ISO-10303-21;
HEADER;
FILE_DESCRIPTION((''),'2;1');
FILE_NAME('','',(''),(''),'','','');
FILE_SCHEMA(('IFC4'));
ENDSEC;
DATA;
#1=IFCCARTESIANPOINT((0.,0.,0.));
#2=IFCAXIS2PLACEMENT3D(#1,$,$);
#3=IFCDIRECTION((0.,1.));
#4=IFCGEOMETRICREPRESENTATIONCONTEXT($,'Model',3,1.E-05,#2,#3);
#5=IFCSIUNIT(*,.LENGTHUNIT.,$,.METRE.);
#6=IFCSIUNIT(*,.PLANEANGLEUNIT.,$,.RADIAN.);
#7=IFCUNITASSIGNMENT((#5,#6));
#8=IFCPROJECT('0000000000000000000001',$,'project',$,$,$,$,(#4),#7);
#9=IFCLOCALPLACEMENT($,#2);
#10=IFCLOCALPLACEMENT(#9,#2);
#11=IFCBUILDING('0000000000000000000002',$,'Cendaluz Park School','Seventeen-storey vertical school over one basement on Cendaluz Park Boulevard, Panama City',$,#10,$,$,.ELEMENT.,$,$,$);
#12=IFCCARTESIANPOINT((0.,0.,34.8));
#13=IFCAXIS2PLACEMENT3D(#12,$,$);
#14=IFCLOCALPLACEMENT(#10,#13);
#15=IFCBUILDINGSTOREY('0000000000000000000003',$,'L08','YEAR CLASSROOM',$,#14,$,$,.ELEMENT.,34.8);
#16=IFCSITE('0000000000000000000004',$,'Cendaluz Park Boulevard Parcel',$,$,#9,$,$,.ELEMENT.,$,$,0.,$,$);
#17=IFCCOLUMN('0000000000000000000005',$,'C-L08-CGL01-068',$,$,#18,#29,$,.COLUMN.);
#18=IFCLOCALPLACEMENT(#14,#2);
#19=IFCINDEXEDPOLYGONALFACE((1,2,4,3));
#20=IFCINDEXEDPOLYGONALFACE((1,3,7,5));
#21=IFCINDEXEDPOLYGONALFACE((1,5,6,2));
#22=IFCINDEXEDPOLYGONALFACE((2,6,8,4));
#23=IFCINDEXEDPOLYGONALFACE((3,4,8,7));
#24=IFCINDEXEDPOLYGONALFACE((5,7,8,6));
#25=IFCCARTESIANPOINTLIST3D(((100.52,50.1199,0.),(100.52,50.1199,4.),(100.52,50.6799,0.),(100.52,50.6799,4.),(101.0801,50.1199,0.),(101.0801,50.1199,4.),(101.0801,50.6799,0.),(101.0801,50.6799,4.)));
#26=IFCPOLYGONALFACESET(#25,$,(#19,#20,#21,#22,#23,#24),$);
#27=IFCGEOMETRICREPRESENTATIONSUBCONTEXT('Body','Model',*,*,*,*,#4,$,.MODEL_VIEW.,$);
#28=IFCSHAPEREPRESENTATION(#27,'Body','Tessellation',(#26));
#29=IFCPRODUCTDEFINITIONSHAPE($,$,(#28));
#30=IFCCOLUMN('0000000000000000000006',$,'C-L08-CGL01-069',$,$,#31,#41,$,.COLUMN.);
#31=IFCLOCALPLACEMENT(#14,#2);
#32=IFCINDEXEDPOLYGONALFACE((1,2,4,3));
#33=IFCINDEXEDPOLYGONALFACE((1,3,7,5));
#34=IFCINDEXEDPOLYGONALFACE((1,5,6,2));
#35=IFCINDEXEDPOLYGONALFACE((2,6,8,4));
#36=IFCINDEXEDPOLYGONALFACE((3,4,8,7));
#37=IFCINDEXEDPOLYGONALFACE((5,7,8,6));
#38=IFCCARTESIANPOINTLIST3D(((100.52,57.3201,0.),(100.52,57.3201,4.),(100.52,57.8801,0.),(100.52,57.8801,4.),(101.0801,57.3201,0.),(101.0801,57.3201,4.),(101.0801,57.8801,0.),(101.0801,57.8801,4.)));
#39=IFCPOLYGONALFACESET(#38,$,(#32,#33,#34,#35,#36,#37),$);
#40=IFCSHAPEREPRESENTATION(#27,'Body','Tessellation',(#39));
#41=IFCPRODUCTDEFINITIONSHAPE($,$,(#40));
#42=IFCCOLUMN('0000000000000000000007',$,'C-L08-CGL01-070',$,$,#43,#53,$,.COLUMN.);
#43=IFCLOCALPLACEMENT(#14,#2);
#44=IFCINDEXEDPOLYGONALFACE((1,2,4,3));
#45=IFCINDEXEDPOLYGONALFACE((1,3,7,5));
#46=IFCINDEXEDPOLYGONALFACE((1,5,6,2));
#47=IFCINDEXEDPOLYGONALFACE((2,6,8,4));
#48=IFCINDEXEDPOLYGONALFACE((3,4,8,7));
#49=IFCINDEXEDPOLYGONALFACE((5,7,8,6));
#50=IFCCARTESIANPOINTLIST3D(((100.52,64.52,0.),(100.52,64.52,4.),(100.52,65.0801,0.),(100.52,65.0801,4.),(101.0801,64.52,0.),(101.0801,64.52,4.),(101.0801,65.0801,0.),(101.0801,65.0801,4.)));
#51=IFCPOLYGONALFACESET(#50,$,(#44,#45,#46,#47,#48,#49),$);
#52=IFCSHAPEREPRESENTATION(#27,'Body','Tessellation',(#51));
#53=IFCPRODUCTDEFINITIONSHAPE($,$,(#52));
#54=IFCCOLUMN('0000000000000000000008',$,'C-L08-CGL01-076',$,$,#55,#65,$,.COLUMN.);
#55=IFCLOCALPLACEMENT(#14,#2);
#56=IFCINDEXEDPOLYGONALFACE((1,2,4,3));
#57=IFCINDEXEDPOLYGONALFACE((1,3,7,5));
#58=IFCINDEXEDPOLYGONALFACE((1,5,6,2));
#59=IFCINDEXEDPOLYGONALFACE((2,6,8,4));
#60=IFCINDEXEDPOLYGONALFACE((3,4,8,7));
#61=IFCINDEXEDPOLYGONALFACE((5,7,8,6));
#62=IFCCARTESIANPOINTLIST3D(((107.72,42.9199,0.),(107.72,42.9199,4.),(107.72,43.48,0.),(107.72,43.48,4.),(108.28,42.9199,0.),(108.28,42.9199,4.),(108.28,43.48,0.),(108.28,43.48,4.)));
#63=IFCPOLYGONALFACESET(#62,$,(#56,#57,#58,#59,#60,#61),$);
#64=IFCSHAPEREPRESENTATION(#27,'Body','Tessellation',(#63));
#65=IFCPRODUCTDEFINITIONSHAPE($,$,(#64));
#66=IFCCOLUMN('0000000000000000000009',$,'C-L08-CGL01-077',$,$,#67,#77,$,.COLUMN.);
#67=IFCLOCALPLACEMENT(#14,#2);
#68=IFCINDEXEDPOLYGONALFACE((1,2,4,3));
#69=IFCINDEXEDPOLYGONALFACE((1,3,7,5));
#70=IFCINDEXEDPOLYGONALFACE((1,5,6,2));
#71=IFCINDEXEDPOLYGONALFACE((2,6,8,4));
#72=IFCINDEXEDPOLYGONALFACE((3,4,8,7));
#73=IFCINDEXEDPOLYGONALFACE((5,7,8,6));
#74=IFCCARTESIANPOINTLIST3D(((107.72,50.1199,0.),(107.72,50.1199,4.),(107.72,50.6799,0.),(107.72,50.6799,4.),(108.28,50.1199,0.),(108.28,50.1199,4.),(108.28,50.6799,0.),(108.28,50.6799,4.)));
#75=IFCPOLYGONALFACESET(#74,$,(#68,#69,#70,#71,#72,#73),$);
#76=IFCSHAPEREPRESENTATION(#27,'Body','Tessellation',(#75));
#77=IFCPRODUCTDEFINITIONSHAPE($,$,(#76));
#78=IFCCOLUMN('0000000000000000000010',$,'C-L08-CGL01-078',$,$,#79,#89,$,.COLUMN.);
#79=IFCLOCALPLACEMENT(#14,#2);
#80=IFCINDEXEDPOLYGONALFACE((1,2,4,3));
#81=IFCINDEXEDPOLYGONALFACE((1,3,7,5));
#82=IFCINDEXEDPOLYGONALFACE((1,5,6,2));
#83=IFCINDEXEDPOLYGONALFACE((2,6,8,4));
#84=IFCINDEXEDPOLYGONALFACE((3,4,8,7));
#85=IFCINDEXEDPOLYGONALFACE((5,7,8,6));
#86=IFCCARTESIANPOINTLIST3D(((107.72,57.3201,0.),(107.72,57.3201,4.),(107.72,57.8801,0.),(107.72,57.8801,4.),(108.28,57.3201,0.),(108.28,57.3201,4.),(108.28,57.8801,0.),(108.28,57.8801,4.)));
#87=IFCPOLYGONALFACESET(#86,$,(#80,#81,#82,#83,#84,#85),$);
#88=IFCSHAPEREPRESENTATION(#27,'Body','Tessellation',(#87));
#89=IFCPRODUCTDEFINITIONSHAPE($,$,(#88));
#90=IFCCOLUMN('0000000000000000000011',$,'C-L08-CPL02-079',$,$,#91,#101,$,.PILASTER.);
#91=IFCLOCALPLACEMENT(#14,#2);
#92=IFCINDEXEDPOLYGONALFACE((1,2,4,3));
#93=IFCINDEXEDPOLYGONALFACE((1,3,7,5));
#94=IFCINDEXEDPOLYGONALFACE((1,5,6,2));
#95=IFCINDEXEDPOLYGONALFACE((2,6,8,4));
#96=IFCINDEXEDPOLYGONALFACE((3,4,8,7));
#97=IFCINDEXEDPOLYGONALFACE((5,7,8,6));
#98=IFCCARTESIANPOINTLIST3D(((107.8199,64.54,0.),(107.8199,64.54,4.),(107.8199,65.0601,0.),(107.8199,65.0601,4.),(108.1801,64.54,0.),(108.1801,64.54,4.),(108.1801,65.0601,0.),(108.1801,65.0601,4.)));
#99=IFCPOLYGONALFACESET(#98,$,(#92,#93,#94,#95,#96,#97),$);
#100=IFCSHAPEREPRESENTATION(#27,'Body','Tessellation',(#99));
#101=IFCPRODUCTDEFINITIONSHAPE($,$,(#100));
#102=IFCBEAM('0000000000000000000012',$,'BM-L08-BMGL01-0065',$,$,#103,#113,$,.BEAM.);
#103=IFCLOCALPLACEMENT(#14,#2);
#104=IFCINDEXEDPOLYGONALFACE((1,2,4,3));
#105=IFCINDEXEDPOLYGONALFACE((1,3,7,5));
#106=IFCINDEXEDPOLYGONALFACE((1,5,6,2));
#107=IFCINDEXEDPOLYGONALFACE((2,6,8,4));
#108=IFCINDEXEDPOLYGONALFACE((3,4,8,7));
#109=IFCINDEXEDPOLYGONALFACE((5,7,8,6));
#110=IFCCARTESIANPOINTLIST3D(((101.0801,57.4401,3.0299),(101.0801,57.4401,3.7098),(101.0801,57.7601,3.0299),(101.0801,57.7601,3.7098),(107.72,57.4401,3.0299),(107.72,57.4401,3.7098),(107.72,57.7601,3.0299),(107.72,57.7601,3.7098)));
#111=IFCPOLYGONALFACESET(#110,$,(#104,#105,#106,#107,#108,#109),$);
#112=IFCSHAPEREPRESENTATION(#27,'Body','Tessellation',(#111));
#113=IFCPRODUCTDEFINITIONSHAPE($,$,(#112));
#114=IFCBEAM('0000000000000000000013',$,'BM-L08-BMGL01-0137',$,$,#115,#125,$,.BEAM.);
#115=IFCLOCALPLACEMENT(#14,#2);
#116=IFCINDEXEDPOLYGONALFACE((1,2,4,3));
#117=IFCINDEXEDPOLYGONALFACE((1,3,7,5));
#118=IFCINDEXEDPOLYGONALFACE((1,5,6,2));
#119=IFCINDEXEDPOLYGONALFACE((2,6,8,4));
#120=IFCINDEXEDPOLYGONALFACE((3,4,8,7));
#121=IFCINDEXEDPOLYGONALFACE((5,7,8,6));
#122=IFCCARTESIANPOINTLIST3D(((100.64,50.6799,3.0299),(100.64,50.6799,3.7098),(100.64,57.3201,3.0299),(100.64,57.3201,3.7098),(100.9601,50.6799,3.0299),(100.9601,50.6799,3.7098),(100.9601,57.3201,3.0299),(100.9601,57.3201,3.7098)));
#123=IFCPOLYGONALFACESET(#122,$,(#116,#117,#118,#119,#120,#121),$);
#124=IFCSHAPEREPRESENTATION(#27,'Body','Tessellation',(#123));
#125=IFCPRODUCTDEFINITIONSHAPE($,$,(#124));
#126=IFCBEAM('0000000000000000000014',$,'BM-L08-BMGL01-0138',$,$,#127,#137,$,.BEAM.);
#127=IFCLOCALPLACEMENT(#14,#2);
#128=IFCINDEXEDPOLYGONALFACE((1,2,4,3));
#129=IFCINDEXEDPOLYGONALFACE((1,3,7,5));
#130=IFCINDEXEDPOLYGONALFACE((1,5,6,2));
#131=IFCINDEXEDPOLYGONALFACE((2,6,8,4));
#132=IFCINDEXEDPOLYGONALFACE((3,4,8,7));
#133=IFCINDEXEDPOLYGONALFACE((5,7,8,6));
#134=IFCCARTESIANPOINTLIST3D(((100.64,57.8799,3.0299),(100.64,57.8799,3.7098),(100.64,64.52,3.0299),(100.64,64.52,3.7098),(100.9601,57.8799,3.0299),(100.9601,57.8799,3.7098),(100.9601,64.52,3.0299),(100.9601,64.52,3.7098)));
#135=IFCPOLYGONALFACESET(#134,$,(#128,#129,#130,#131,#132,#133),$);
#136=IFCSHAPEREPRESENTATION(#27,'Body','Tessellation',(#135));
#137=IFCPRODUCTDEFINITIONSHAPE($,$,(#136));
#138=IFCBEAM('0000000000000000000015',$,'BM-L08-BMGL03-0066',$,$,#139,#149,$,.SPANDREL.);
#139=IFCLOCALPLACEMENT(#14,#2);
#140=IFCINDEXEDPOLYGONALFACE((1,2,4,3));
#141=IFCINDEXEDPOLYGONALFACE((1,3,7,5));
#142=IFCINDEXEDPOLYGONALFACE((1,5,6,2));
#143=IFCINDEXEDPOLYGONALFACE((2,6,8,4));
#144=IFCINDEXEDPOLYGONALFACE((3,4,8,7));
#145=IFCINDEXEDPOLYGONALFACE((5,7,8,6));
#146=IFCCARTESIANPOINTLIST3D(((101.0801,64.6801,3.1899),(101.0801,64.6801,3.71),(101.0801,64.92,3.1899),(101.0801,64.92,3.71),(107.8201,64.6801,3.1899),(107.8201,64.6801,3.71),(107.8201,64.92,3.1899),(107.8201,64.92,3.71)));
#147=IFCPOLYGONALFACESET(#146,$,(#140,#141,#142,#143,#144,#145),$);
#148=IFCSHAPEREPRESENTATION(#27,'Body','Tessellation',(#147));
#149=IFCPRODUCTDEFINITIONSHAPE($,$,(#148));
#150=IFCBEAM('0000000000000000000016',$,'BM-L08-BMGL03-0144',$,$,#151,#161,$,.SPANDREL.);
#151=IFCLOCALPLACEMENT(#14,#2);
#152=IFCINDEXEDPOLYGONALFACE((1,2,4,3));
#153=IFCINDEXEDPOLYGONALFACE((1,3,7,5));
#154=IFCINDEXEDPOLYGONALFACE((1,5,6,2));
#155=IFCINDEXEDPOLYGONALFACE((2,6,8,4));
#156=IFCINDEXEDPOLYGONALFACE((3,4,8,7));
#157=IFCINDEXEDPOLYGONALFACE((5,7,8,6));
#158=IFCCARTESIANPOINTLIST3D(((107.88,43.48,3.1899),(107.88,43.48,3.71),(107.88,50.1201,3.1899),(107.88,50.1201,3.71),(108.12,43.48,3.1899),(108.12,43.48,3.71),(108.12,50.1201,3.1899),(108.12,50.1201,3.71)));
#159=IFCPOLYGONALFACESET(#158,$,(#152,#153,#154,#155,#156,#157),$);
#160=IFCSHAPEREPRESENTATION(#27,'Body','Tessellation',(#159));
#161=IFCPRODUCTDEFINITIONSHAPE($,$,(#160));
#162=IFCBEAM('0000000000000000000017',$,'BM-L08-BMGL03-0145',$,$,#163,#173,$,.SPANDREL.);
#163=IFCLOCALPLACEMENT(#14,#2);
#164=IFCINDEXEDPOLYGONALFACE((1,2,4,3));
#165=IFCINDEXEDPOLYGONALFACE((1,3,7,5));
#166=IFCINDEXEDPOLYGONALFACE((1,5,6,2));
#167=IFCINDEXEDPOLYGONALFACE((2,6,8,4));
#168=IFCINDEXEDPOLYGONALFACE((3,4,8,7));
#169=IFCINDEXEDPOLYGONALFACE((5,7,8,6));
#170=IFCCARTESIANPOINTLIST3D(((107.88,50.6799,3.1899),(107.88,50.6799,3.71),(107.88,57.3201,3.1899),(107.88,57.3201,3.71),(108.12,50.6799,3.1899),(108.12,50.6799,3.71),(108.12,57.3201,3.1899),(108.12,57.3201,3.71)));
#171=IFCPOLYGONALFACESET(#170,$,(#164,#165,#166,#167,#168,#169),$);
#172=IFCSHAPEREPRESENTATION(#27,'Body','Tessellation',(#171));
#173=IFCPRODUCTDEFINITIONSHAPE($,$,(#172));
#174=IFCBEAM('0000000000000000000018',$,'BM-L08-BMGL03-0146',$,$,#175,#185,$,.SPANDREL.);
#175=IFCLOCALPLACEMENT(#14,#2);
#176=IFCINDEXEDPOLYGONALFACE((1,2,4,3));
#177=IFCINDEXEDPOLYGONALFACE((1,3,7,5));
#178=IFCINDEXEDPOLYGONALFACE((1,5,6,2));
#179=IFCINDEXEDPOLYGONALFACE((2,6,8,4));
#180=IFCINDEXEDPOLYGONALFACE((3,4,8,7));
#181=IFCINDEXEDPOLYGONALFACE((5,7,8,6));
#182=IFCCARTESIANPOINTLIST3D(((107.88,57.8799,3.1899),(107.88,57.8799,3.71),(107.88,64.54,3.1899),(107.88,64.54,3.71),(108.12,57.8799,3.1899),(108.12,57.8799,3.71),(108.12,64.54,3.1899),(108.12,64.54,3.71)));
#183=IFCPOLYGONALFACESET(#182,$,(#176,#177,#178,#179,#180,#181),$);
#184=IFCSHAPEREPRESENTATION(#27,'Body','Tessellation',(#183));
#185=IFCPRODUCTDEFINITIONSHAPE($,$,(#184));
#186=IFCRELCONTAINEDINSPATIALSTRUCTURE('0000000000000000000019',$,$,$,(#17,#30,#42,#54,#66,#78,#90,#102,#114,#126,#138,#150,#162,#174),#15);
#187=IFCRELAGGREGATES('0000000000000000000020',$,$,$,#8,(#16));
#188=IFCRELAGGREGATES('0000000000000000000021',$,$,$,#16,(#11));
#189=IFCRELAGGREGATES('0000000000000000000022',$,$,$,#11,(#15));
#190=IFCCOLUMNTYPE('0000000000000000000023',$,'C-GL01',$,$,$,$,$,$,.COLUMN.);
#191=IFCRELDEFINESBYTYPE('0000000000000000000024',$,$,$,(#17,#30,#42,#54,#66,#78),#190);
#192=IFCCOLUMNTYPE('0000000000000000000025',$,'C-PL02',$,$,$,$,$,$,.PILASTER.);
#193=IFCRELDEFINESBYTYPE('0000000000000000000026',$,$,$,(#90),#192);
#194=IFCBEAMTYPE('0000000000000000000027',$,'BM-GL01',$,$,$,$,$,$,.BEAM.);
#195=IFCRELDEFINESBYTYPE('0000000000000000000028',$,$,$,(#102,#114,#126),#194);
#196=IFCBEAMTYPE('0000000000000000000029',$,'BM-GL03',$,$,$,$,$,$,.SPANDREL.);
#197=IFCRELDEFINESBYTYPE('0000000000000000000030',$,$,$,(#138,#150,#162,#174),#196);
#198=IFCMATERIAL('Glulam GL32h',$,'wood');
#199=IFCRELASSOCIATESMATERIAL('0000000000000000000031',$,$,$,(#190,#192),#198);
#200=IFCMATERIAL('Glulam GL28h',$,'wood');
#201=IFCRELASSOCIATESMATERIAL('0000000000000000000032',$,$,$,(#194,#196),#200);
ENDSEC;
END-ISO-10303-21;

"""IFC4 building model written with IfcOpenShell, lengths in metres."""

from ifc_helpers import new_model, si_unit, direction, frame, origin, origin_2d, place, context, subcontext, project, spatial, rectangle, extrude, material, material_profile, profile_set, type_object, element, save


model = new_model("IFC4")

# Units and contexts
model_context = context("Model", 3, precision=1e-05, world=origin(), true_north=direction((0.0, 1.0)))
body_context = subcontext(model_context, "Body", "Model", "MODEL_VIEW")
ifc_project = project(units=[si_unit("LENGTHUNIT", "METRE"), si_unit("PLANEANGLEUNIT", "RADIAN")], contexts=[model_context])

# Site, building, storey
site_placement = place(None, origin())
site = spatial("IfcSite", under=ifc_project, at=site_placement, Name="Cendaluz Park Boulevard Parcel", CompositionType="ELEMENT", RefElevation=0.0)
building_placement = place(site_placement, origin())
building = spatial("IfcBuilding", under=site, at=building_placement, Name="Cendaluz Park School", Description="Seventeen-storey vertical school over one basement on Cendaluz Park Boulevard, Panama City", CompositionType="ELEMENT")
storey_placement = place(building_placement, frame((0.0, 0.0, 34.8)))
storey = spatial("IfcBuildingStorey", under=building, at=storey_placement, Name="L08", Description="YEAR CLASSROOM", CompositionType="ELEMENT", Elevation=34.8)

# Columns
ifc_material_1 = material(Name="Glulam GL32h", Category="wood")
ifc_material_profile_1 = material_profile(ifc_material_1, rectangle(XDim=0.5601, YDim=0.5601, at=origin_2d()), Name="GL32h 560x560", Category="wood")
ifc_profile_set_1 = profile_set([ifc_material_profile_1], Name="Glulam GL32h")
column_type_1 = type_object("IfcColumnType", Name="C-GL01", PredefinedType="COLUMN", material=ifc_profile_set_1)
for number, where, z_axis, x_axis, name in (
    (1, (100.8, 50.3999, 0.0), (0.0, 0.0, 1.0), (1.0, 0.0, 0.0), "C-L08-CGL01-068"),
    (2, (100.8, 57.6001, 0.0), (0.0, 0.0, 1.0), (1.0, 0.0, 0.0), "C-L08-CGL01-069"),
    (3, (100.8, 64.8, 0.0), (0.0, 0.0, 1.0), (1.0, 0.0, 0.0), "C-L08-CGL01-070"),
    (4, (108.0, 43.2, 0.0), (0.0, 0.0, 1.0), (1.0, 0.0, 0.0), "C-L08-CGL01-076"),
    (5, (108.0, 50.3999, 0.0), (0.0, 0.0, 1.0), (1.0, 0.0, 0.0), "C-L08-CGL01-077"),
    (6, (108.0, 57.6001, 0.0), (0.0, 0.0, 1.0), (1.0, 0.0, 0.0), "C-L08-CGL01-078"),
):
    element("IfcColumn", number, at=place(storey_placement, frame(where, z_axis=z_axis, x_axis=x_axis)), inside=storey, type_object=column_type_1, Name=name, PredefinedType="COLUMN", context=body_context, shape_type="SweptSolid", body=[
        extrude(rectangle(XDim=0.5601, YDim=0.5601, at=origin_2d()), origin(), (0.0, 0.0, 1.0), 4.0),
    ])
ifc_material_profile_2 = material_profile(ifc_material_1, rectangle(XDim=0.3601, YDim=0.52, at=origin_2d()), Name="GL32h 360x520", Category="wood")
ifc_profile_set_2 = profile_set([ifc_material_profile_2], Name="Glulam GL32h")
column_type_2 = type_object("IfcColumnType", Name="C-PL02", PredefinedType="PILASTER", material=ifc_profile_set_2)
column_placement = place(storey_placement, frame((108.0, 64.8, 0.0), z_axis=(0.0, 0.0, 1.0), x_axis=(1.0, 0.0, 0.0)))
element("IfcColumn", 7, at=column_placement, inside=storey, type_object=column_type_2, Name="C-L08-CPL02-079", PredefinedType="PILASTER", context=body_context, shape_type="SweptSolid", body=[
    extrude(rectangle(XDim=0.3601, YDim=0.52, at=origin_2d()), origin(), (0.0, 0.0, 1.0), 4.0),
])

# Beams
ifc_material_2 = material(Name="Glulam GL28h", Category="wood")
ifc_material_profile_3 = material_profile(ifc_material_2, rectangle(XDim=0.3201, YDim=0.6799, at=origin_2d()), Name="GL28h 320x680", Category="wood")
ifc_profile_set_3 = profile_set([ifc_material_profile_3], Name="Glulam GL28h")
beam_type_1 = type_object("IfcBeamType", Name="BM-GL01", PredefinedType="BEAM", material=ifc_profile_set_3)
beam_1_placement = place(storey_placement, frame((101.0801, 57.6001, 3.3699), z_axis=(1.0, 0.0, 0.0), x_axis=(0.0, 1.0, 0.0)))
element("IfcBeam", 8, at=beam_1_placement, inside=storey, type_object=beam_type_1, Name="BM-L08-BMGL01-0065", PredefinedType="BEAM", context=body_context, shape_type="SweptSolid", body=[
    extrude(rectangle(XDim=0.3201, YDim=0.6799, at=origin_2d()), origin(), (0.0, 0.0, 1.0), 6.6399),
])
for number, where, z_axis, x_axis, name in (
    (9, (100.8, 50.6799, 3.3699), (0.0, 1.0, 0.0), (-1.0, 0.0, 0.0), "BM-L08-BMGL01-0137"),
    (10, (100.8, 57.8799, 3.3699), (0.0, 1.0, 0.0), (-1.0, 0.0, 0.0), "BM-L08-BMGL01-0138"),
):
    element("IfcBeam", number, at=place(storey_placement, frame(where, z_axis=z_axis, x_axis=x_axis)), inside=storey, type_object=beam_type_1, Name=name, PredefinedType="BEAM", context=body_context, shape_type="SweptSolid", body=[
        extrude(rectangle(XDim=0.3201, YDim=0.6799, at=origin_2d()), origin(), (0.0, 0.0, 1.0), 6.6401),
    ])
ifc_material_profile_4 = material_profile(ifc_material_2, rectangle(XDim=0.24, YDim=0.52, at=origin_2d()), Name="GL28h 240x520", Category="wood")
ifc_profile_set_4 = profile_set([ifc_material_profile_4], Name="Glulam GL28h")
beam_type_2 = type_object("IfcBeamType", Name="BM-GL03", PredefinedType="SPANDREL", material=ifc_profile_set_4)
beam_2_placement = place(storey_placement, frame((101.0801, 64.8, 3.45), z_axis=(1.0, 0.0, 0.0), x_axis=(0.0, 1.0, 0.0)))
element("IfcBeam", 11, at=beam_2_placement, inside=storey, type_object=beam_type_2, Name="BM-L08-BMGL03-0066", PredefinedType="SPANDREL", context=body_context, shape_type="SweptSolid", body=[
    extrude(rectangle(XDim=0.24, YDim=0.52, at=origin_2d()), origin(), (0.0, 0.0, 1.0), 6.74),
])
for number, where, z_axis, x_axis, name in (
    (12, (108.0, 43.48, 3.45), (0.0, 1.0, 0.0), (-1.0, 0.0, 0.0), "BM-L08-BMGL03-0144"),
    (13, (108.0, 50.6799, 3.45), (0.0, 1.0, 0.0), (-1.0, 0.0, 0.0), "BM-L08-BMGL03-0145"),
):
    element("IfcBeam", number, at=place(storey_placement, frame(where, z_axis=z_axis, x_axis=x_axis)), inside=storey, type_object=beam_type_2, Name=name, PredefinedType="SPANDREL", context=body_context, shape_type="SweptSolid", body=[
        extrude(rectangle(XDim=0.24, YDim=0.52, at=origin_2d()), origin(), (0.0, 0.0, 1.0), 6.6401),
    ])
beam_3_placement = place(storey_placement, frame((108.0, 57.8799, 3.45), z_axis=(0.0, 1.0, 0.0), x_axis=(-1.0, 0.0, 0.0)))
element("IfcBeam", 14, at=beam_3_placement, inside=storey, type_object=beam_type_2, Name="BM-L08-BMGL03-0146", PredefinedType="SPANDREL", context=body_context, shape_type="SweptSolid", body=[
    extrude(rectangle(XDim=0.24, YDim=0.52, at=origin_2d()), origin(), (0.0, 0.0, 1.0), 6.6602),
])

save(model, "model.ifc")
